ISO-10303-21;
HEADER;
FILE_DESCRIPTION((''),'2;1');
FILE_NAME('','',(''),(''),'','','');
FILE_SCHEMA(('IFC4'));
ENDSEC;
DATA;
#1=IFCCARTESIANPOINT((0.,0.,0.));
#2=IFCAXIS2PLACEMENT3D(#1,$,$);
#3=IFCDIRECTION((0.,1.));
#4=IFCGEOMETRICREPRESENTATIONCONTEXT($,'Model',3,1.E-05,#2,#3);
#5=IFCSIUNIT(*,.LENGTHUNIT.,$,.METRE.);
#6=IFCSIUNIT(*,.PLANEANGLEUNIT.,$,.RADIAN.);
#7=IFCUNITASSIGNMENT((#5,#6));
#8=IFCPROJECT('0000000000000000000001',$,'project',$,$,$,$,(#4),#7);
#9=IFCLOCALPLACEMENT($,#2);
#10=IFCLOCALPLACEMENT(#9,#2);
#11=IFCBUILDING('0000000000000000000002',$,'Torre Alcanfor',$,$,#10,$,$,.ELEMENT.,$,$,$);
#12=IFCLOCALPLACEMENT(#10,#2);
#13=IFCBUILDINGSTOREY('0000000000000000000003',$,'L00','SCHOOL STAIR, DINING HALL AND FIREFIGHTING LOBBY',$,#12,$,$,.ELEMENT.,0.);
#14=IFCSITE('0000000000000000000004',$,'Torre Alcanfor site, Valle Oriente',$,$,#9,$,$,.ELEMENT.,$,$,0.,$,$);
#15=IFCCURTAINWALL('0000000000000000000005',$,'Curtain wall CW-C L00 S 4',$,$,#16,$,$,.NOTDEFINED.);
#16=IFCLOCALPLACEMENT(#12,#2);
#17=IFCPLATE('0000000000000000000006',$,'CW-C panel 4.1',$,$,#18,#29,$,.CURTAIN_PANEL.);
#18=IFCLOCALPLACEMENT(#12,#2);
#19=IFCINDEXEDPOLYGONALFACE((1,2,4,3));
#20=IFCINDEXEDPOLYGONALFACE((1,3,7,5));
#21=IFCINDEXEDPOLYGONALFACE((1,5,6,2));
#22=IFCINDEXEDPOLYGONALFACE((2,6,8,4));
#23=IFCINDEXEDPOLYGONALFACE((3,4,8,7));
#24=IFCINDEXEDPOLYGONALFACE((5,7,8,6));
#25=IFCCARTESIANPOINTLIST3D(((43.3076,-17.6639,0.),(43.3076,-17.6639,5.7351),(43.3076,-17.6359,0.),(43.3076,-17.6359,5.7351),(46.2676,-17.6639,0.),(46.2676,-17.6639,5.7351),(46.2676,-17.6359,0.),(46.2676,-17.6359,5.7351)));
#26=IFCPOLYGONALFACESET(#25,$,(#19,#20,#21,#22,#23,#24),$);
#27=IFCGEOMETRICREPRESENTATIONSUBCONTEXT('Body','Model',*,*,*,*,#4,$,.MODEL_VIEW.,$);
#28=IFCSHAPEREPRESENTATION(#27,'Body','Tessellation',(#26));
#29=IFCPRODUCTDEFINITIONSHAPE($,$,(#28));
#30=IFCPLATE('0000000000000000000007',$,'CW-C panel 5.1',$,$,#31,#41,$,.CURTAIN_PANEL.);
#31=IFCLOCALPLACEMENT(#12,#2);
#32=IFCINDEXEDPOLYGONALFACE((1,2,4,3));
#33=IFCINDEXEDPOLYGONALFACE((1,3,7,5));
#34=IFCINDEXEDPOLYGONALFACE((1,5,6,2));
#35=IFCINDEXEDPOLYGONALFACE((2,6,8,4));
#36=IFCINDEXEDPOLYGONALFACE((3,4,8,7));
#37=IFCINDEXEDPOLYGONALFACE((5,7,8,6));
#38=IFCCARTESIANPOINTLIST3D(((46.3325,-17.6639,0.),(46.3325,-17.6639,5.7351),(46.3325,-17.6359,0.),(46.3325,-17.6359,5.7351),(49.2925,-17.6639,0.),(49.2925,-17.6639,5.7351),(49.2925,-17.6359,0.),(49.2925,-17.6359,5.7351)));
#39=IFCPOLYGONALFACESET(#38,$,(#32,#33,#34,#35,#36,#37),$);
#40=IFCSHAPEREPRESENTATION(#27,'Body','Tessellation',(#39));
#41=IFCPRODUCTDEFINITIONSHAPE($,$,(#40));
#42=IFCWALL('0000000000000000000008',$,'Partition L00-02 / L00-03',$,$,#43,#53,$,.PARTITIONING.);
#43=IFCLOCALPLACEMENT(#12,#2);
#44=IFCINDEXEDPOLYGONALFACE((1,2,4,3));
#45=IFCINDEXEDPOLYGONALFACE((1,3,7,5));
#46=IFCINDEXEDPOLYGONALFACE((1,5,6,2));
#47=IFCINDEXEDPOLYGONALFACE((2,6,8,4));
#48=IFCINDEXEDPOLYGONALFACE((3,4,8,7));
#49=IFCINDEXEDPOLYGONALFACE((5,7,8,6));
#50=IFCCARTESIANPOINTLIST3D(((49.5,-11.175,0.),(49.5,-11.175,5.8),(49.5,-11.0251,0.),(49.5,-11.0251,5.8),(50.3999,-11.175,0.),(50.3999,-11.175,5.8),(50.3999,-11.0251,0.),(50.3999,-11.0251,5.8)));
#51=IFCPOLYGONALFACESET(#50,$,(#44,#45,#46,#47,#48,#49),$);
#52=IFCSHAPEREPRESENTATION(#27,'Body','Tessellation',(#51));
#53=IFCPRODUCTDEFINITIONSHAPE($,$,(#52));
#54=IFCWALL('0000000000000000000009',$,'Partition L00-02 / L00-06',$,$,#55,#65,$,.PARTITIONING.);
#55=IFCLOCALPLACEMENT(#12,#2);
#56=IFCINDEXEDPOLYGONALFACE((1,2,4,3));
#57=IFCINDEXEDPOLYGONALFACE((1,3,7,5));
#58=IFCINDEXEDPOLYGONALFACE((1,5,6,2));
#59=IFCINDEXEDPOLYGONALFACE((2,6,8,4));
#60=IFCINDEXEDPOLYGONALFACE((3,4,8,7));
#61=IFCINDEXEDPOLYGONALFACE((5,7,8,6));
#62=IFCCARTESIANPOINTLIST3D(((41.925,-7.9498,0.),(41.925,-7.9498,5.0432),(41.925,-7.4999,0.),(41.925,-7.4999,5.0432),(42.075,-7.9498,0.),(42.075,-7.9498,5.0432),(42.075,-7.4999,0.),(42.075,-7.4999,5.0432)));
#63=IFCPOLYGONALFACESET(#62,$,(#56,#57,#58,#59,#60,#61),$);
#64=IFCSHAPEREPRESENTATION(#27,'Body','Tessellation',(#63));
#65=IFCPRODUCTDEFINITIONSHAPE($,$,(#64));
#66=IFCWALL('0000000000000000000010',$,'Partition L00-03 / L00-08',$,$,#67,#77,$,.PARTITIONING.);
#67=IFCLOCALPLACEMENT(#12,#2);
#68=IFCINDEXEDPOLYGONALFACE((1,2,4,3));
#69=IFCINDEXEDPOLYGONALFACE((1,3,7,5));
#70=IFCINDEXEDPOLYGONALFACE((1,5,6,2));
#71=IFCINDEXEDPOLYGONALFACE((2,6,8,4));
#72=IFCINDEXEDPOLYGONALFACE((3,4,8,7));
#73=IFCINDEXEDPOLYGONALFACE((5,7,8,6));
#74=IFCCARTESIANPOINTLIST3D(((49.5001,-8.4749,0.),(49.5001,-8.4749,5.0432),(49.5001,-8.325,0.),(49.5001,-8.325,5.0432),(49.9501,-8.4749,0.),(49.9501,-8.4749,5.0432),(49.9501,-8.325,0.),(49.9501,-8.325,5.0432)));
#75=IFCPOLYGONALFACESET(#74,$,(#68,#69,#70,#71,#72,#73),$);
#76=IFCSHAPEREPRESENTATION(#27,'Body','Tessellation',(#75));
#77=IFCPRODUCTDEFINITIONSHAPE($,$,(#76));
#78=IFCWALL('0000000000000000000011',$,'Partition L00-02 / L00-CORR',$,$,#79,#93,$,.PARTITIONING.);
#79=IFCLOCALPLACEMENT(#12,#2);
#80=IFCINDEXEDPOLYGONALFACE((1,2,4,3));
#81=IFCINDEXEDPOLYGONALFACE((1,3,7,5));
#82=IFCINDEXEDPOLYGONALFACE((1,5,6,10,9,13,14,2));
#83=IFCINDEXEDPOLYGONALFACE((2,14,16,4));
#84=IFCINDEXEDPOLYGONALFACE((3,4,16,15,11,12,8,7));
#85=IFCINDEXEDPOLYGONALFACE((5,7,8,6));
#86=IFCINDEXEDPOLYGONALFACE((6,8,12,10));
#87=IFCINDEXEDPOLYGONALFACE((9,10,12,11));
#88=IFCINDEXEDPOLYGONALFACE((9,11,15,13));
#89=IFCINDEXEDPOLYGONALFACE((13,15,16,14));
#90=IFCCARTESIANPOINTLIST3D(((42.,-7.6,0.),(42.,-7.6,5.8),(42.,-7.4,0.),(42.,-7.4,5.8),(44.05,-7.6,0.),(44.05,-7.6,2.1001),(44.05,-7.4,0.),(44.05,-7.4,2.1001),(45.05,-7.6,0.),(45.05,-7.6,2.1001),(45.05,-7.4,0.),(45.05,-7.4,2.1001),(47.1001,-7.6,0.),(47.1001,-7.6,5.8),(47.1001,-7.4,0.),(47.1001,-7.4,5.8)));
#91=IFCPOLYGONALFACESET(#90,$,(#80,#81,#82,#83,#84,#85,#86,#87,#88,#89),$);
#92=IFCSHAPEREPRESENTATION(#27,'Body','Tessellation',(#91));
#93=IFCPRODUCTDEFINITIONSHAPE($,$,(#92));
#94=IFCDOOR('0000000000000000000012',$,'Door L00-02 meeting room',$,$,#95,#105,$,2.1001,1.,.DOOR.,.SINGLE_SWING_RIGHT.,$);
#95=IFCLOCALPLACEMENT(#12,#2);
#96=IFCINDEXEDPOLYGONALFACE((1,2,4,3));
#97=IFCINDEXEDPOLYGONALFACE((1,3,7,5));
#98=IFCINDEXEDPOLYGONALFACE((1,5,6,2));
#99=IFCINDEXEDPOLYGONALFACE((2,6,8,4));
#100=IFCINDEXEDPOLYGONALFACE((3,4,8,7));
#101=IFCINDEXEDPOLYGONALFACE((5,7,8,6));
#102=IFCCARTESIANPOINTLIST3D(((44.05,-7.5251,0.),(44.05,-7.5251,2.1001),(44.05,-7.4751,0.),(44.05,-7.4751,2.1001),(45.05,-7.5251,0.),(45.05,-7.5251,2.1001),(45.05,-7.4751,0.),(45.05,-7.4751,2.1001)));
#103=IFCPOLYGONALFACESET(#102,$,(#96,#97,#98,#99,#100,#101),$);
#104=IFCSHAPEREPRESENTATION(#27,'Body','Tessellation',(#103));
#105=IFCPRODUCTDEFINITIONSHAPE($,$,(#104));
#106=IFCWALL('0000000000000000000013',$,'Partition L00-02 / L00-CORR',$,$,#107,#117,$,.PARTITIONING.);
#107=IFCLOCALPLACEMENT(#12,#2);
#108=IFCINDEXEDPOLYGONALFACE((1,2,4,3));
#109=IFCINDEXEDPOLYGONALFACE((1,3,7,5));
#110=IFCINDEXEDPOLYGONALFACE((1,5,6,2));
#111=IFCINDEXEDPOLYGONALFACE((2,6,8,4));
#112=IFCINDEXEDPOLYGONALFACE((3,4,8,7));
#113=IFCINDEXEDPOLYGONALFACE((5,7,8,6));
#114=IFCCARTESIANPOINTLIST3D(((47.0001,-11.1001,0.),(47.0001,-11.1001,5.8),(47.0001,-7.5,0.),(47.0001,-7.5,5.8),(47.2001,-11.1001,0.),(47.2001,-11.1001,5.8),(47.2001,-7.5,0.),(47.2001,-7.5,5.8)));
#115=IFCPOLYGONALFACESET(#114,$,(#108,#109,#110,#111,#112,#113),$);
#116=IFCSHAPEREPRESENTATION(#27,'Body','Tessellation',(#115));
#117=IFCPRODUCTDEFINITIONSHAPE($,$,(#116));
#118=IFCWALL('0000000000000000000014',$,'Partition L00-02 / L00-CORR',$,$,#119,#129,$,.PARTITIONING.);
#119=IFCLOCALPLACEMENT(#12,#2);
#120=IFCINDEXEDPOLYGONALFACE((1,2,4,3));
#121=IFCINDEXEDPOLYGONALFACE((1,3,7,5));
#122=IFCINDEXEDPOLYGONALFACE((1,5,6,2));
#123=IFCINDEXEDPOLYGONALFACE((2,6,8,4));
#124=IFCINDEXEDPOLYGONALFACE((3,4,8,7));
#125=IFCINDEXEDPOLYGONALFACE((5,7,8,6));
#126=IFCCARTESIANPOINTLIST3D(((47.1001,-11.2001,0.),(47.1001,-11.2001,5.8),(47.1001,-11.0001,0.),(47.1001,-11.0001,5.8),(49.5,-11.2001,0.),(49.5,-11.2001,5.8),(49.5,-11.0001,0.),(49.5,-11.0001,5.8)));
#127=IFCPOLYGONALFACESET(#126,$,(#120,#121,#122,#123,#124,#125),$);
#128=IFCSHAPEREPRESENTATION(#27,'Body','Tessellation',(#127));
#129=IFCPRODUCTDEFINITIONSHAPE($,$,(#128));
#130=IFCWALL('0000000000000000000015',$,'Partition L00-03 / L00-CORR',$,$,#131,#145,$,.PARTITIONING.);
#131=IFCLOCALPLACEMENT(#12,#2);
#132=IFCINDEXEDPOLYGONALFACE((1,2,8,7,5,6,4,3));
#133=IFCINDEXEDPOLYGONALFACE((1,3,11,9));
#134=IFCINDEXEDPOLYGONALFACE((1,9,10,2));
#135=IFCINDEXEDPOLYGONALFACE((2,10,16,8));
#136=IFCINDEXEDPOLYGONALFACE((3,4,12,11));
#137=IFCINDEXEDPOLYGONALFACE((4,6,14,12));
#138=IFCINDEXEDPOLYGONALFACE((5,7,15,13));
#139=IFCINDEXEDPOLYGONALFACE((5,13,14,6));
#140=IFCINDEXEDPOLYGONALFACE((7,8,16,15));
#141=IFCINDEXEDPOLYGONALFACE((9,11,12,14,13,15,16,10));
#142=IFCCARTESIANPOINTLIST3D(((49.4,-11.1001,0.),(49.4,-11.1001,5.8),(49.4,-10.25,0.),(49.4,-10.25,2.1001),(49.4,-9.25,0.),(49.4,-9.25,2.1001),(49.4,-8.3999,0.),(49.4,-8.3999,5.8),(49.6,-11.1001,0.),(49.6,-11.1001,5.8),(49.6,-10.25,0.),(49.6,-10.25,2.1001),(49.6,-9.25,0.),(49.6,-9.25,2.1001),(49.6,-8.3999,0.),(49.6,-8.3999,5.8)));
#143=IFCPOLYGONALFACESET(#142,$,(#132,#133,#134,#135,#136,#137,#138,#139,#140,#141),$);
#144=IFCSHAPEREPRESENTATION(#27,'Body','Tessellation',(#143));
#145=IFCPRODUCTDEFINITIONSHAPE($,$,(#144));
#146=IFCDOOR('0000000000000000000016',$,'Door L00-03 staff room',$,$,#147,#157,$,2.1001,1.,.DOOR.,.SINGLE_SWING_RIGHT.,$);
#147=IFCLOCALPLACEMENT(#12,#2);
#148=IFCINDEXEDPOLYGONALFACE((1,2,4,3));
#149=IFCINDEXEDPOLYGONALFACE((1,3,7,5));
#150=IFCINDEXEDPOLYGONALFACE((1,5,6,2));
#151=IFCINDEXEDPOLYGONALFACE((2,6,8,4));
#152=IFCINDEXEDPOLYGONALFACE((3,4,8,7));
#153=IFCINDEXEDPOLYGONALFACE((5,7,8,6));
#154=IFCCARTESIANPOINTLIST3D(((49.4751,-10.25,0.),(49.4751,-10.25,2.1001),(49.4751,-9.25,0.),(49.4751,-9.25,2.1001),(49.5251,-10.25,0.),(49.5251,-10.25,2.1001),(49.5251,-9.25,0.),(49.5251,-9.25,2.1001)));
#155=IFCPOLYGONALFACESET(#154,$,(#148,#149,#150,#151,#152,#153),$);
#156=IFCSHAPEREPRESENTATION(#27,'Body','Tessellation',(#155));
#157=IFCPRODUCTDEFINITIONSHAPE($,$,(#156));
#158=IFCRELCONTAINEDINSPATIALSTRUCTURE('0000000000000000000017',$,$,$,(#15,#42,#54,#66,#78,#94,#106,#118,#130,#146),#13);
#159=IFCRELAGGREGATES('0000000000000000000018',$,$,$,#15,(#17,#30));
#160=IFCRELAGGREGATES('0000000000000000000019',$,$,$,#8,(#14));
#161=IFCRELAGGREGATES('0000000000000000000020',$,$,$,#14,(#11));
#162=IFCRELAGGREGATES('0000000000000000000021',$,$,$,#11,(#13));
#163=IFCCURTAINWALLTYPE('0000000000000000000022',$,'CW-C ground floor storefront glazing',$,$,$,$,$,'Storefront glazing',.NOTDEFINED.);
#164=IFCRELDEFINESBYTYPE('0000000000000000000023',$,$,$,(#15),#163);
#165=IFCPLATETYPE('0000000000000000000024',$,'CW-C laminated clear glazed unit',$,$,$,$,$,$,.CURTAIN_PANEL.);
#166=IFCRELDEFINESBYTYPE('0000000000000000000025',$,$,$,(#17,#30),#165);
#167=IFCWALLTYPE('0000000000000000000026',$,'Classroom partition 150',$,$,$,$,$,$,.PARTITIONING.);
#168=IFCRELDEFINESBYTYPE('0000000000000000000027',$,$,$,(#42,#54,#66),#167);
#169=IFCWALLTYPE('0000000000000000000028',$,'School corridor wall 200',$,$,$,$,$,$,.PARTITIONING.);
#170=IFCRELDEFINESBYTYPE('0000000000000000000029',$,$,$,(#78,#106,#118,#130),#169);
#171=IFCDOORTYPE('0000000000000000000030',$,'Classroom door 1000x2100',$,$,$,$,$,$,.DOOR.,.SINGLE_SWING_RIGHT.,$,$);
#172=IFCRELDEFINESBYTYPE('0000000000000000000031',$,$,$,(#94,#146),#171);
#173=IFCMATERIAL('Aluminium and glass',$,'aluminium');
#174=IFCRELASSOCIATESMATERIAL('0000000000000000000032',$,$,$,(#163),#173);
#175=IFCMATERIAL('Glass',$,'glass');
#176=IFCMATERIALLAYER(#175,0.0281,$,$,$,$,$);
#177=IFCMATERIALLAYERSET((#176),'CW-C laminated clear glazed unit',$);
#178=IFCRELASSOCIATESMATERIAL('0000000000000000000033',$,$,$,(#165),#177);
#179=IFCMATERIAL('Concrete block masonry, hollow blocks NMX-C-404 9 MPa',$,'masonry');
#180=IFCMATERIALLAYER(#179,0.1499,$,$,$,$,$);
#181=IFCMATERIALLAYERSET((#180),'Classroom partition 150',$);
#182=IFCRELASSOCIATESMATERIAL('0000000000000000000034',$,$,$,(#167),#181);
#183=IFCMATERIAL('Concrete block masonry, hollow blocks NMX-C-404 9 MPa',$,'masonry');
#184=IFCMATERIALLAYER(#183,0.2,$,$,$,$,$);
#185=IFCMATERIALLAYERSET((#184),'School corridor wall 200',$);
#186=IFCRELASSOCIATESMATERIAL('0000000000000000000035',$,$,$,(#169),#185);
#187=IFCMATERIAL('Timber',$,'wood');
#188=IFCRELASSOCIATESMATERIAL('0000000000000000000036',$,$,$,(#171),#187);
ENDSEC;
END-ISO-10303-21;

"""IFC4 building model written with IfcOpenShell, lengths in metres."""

from ifc_helpers import new_model, si_unit, direction, frame, frame_2d, origin, origin_2d, place, context, subcontext, project, spatial, rectangle, extrude, material, layer, layer_set, type_object, element, fill, aggregate, save


model = new_model("IFC4")

# Units and contexts
model_context = context("Model", 3, precision=1e-05, world=origin(), true_north=direction((0.0, 1.0)))
body_context = subcontext(model_context, "Body", "Model", "MODEL_VIEW")
ifc_project = project(units=[si_unit("LENGTHUNIT", "METRE"), si_unit("PLANEANGLEUNIT", "RADIAN")], contexts=[model_context])

# Site, building, storey
site_placement = place(None, origin())
site = spatial("IfcSite", under=ifc_project, at=site_placement, Name="Torre Alcanfor site, Valle Oriente", CompositionType="ELEMENT", RefElevation=0.0)
building_placement = place(site_placement, origin())
building = spatial("IfcBuilding", under=site, at=building_placement, Name="Torre Alcanfor", CompositionType="ELEMENT")
storey_placement = place(building_placement, origin())
storey = spatial("IfcBuildingStorey", under=building, at=storey_placement, Name="L00", Description="SCHOOL STAIR, DINING HALL AND FIREFIGHTING LOBBY", CompositionType="ELEMENT", Elevation=0.0)

# Curtain wall
ifc_material_1 = material(Name="Aluminium and glass", Category="aluminium")
curtain_wall_type = type_object("IfcCurtainWallType", Name="CW-C ground floor storefront glazing", ElementType="Storefront glazing", PredefinedType="NOTDEFINED", material=ifc_material_1)
curtain_wall_placement = place(storey_placement, origin())
curtain_wall = element("IfcCurtainWall", 1, at=curtain_wall_placement, inside=storey, type_object=curtain_wall_type, Name="Curtain wall CW-C L00 S 4", PredefinedType="NOTDEFINED")

# Plates
ifc_material_2 = material(Name="Glass", Category="glass")
ifc_layer_1 = layer(ifc_material_2, 0.0281)
ifc_layer_set_1 = layer_set([ifc_layer_1], Name="CW-C laminated clear glazed unit")
plate_type = type_object("IfcPlateType", Name="CW-C laminated clear glazed unit", PredefinedType="CURTAIN_PANEL", material=ifc_layer_set_1)
plate_1_placement = place(storey_placement, frame((44.7876, -17.6499, 0.0), z_axis=(0.0, 0.0, 1.0), x_axis=(1.0, 0.0, 0.0)))
plate_1 = element("IfcPlate", 2, at=plate_1_placement, type_object=plate_type, Name="CW-C panel 4.1", PredefinedType="CURTAIN_PANEL", context=body_context, shape_type="SweptSolid", body=[
    extrude(rectangle(XDim=2.96, YDim=0.0281, at=origin_2d()), origin(), (0.0, 0.0, 1.0), 5.7351),
])
plate_2_placement = place(storey_placement, frame((47.8125, -17.6499, 0.0), z_axis=(0.0, 0.0, 1.0), x_axis=(1.0, 0.0, 0.0)))
plate_2 = element("IfcPlate", 3, at=plate_2_placement, type_object=plate_type, Name="CW-C panel 5.1", PredefinedType="CURTAIN_PANEL", context=body_context, shape_type="SweptSolid", body=[
    extrude(rectangle(XDim=2.96, YDim=0.0281, at=origin_2d()), origin(), (0.0, 0.0, 1.0), 5.7351),
])
aggregate(curtain_wall, [plate_1, plate_2])

# Walls
ifc_material_3 = material(Name="Concrete block masonry, hollow blocks NMX-C-404 9 MPa", Category="masonry")
ifc_layer_2 = layer(ifc_material_3, 0.1499)
ifc_layer_set_2 = layer_set([ifc_layer_2], Name="Classroom partition 150")
wall_type_1 = type_object("IfcWallType", Name="Classroom partition 150", PredefinedType="PARTITIONING", material=ifc_layer_set_2)
wall_1_placement = place(storey_placement, frame((49.5, -11.1001, 0.0), z_axis=(0.0, 0.0, 1.0), x_axis=(1.0, 0.0, 0.0)))
element("IfcWall", 4, at=wall_1_placement, inside=storey, type_object=wall_type_1, Name="Partition L00-02 / L00-03", PredefinedType="PARTITIONING", context=body_context, shape_type="SweptSolid", body=[
    extrude(rectangle(XDim=0.8999, YDim=0.1499, at=frame_2d((0.45, 0.0))), origin(), (0.0, 0.0, 1.0), 5.8),
])
for number, where, z_axis, x_axis, name in (
    (5, (42.0, -7.95, 0.0), (0.0, 0.0, 1.0), (0.0, 1.0, 0.0), "Partition L00-02 / L00-06"),
    (6, (49.5, -8.3999, 0.0), (0.0, 0.0, 1.0), (1.0, 0.0, 0.0), "Partition L00-03 / L00-08"),
):
    element("IfcWall", number, at=place(storey_placement, frame(where, z_axis=z_axis, x_axis=x_axis)), inside=storey, type_object=wall_type_1, Name=name, PredefinedType="PARTITIONING", context=body_context, shape_type="SweptSolid", body=[
        extrude(rectangle(XDim=0.45, YDim=0.1499, at=frame_2d((0.2251, 0.0))), origin(), (0.0, 0.0, 1.0), 5.0432),
    ])

# Wall, opening, door
ifc_material_4 = material(Name="Concrete block masonry, hollow blocks NMX-C-404 9 MPa", Category="masonry")
ifc_layer_3 = layer(ifc_material_4, 0.2)
ifc_layer_set_3 = layer_set([ifc_layer_3], Name="School corridor wall 200")
wall_type_2 = type_object("IfcWallType", Name="School corridor wall 200", PredefinedType="PARTITIONING", material=ifc_layer_set_3)
wall_2_placement = place(storey_placement, frame((42.0, -7.5, 0.0), z_axis=(0.0, 0.0, 1.0), x_axis=(1.0, 0.0, 0.0)))
wall_2 = element("IfcWall", 7, at=wall_2_placement, inside=storey, type_object=wall_type_2, Name="Partition L00-02 / L00-CORR", PredefinedType="PARTITIONING", context=body_context, shape_type="SweptSolid", body=[
    extrude(rectangle(XDim=5.1001, YDim=0.2, at=frame_2d((2.55, 0.0))), origin(), (0.0, 0.0, 1.0), 5.8),
])
opening_1_placement = place(wall_2_placement, frame((2.05, 0.0, 0.0)))
opening_1 = element("IfcOpeningElement", 8, at=opening_1_placement, cuts=wall_2, PredefinedType="OPENING", context=body_context, shape_type="SweptSolid", body=[
    extrude(rectangle(XDim=1.0, YDim=2.1001, at=frame_2d((0.5, 1.05))), frame((0.0, 0.1099, 0.0), z_axis=(0.0, -1.0, 0.0), x_axis=(1.0, 0.0, 0.0)), (0.0, 0.0, 1.0), 0.22),
])
ifc_material_5 = material(Name="Timber", Category="wood")
door_type = type_object("IfcDoorType", Name="Classroom door 1000x2100", OperationType="SINGLE_SWING_RIGHT", PredefinedType="DOOR", material=ifc_material_5)
door_1_placement = place(opening_1_placement, frame((1.0, 0.0, 0.0), z_axis=(0.0, 0.0, 1.0), x_axis=(-1.0, 0.0, 0.0)))
door_1 = element("IfcDoor", 9, at=door_1_placement, inside=storey, type_object=door_type, Name="Door L00-02 meeting room", OperationType="SINGLE_SWING_RIGHT", OverallHeight=2.1001, OverallWidth=1.0, PredefinedType="DOOR", context=body_context, shape_type="SweptSolid", body=[
    extrude(rectangle(XDim=1.0, YDim=2.1001, at=frame_2d((0.5, 1.05))), frame((0.0, 0.0251, 0.0), z_axis=(0.0, -1.0, 0.0), x_axis=(1.0, 0.0, 0.0)), (0.0, 0.0, 1.0), 0.05),
])
fill(opening_1, door_1)

# Walls
wall_3_placement = place(storey_placement, frame((47.1001, -7.5, 0.0), z_axis=(0.0, 0.0, 1.0), x_axis=(0.0, -1.0, 0.0)))
element("IfcWall", 10, at=wall_3_placement, inside=storey, type_object=wall_type_2, Name="Partition L00-02 / L00-CORR", PredefinedType="PARTITIONING", context=body_context, shape_type="SweptSolid", body=[
    extrude(rectangle(XDim=3.6001, YDim=0.2, at=frame_2d((1.8, 0.0))), origin(), (0.0, 0.0, 1.0), 5.8),
])
wall_4_placement = place(storey_placement, frame((47.1001, -11.1001, 0.0), z_axis=(0.0, 0.0, 1.0), x_axis=(1.0, 0.0, 0.0)))
element("IfcWall", 11, at=wall_4_placement, inside=storey, type_object=wall_type_2, Name="Partition L00-02 / L00-CORR", PredefinedType="PARTITIONING", context=body_context, shape_type="SweptSolid", body=[
    extrude(rectangle(XDim=2.3999, YDim=0.2, at=frame_2d((1.2, 0.0))), origin(), (0.0, 0.0, 1.0), 5.8),
])

# Wall, opening, door
wall_5_placement = place(storey_placement, frame((49.5, -11.1001, 0.0), z_axis=(0.0, 0.0, 1.0), x_axis=(0.0, 1.0, 0.0)))
wall_5 = element("IfcWall", 12, at=wall_5_placement, inside=storey, type_object=wall_type_2, Name="Partition L00-03 / L00-CORR", PredefinedType="PARTITIONING", context=body_context, shape_type="SweptSolid", body=[
    extrude(rectangle(XDim=2.7002, YDim=0.2, at=frame_2d((1.3501, 0.0))), origin(), (0.0, 0.0, 1.0), 5.8),
])
opening_2_placement = place(wall_5_placement, frame((0.8501, 0.0, 0.0)))
opening_2 = element("IfcOpeningElement", 13, at=opening_2_placement, cuts=wall_5, PredefinedType="OPENING", context=body_context, shape_type="SweptSolid", body=[
    extrude(rectangle(XDim=1.0, YDim=2.1001, at=frame_2d((0.5, 1.05))), frame((0.0, 0.1099, 0.0), z_axis=(0.0, -1.0, 0.0), x_axis=(1.0, 0.0, 0.0)), (0.0, 0.0, 1.0), 0.22),
])
door_2_placement = place(opening_2_placement, frame((1.0, 0.0, 0.0), z_axis=(0.0, 0.0, 1.0), x_axis=(-1.0, 0.0, 0.0)))
door_2 = element("IfcDoor", 14, at=door_2_placement, inside=storey, type_object=door_type, Name="Door L00-03 staff room", OperationType="SINGLE_SWING_RIGHT", OverallHeight=2.1001, OverallWidth=1.0, PredefinedType="DOOR", context=body_context, shape_type="SweptSolid", body=[
    extrude(rectangle(XDim=1.0, YDim=2.1001, at=frame_2d((0.5, 1.05))), frame((0.0, 0.0251, 0.0), z_axis=(0.0, -1.0, 0.0), x_axis=(1.0, 0.0, 0.0)), (0.0, 0.0, 1.0), 0.05),
])
fill(opening_2, door_2)

save(model, "model.ifc")
